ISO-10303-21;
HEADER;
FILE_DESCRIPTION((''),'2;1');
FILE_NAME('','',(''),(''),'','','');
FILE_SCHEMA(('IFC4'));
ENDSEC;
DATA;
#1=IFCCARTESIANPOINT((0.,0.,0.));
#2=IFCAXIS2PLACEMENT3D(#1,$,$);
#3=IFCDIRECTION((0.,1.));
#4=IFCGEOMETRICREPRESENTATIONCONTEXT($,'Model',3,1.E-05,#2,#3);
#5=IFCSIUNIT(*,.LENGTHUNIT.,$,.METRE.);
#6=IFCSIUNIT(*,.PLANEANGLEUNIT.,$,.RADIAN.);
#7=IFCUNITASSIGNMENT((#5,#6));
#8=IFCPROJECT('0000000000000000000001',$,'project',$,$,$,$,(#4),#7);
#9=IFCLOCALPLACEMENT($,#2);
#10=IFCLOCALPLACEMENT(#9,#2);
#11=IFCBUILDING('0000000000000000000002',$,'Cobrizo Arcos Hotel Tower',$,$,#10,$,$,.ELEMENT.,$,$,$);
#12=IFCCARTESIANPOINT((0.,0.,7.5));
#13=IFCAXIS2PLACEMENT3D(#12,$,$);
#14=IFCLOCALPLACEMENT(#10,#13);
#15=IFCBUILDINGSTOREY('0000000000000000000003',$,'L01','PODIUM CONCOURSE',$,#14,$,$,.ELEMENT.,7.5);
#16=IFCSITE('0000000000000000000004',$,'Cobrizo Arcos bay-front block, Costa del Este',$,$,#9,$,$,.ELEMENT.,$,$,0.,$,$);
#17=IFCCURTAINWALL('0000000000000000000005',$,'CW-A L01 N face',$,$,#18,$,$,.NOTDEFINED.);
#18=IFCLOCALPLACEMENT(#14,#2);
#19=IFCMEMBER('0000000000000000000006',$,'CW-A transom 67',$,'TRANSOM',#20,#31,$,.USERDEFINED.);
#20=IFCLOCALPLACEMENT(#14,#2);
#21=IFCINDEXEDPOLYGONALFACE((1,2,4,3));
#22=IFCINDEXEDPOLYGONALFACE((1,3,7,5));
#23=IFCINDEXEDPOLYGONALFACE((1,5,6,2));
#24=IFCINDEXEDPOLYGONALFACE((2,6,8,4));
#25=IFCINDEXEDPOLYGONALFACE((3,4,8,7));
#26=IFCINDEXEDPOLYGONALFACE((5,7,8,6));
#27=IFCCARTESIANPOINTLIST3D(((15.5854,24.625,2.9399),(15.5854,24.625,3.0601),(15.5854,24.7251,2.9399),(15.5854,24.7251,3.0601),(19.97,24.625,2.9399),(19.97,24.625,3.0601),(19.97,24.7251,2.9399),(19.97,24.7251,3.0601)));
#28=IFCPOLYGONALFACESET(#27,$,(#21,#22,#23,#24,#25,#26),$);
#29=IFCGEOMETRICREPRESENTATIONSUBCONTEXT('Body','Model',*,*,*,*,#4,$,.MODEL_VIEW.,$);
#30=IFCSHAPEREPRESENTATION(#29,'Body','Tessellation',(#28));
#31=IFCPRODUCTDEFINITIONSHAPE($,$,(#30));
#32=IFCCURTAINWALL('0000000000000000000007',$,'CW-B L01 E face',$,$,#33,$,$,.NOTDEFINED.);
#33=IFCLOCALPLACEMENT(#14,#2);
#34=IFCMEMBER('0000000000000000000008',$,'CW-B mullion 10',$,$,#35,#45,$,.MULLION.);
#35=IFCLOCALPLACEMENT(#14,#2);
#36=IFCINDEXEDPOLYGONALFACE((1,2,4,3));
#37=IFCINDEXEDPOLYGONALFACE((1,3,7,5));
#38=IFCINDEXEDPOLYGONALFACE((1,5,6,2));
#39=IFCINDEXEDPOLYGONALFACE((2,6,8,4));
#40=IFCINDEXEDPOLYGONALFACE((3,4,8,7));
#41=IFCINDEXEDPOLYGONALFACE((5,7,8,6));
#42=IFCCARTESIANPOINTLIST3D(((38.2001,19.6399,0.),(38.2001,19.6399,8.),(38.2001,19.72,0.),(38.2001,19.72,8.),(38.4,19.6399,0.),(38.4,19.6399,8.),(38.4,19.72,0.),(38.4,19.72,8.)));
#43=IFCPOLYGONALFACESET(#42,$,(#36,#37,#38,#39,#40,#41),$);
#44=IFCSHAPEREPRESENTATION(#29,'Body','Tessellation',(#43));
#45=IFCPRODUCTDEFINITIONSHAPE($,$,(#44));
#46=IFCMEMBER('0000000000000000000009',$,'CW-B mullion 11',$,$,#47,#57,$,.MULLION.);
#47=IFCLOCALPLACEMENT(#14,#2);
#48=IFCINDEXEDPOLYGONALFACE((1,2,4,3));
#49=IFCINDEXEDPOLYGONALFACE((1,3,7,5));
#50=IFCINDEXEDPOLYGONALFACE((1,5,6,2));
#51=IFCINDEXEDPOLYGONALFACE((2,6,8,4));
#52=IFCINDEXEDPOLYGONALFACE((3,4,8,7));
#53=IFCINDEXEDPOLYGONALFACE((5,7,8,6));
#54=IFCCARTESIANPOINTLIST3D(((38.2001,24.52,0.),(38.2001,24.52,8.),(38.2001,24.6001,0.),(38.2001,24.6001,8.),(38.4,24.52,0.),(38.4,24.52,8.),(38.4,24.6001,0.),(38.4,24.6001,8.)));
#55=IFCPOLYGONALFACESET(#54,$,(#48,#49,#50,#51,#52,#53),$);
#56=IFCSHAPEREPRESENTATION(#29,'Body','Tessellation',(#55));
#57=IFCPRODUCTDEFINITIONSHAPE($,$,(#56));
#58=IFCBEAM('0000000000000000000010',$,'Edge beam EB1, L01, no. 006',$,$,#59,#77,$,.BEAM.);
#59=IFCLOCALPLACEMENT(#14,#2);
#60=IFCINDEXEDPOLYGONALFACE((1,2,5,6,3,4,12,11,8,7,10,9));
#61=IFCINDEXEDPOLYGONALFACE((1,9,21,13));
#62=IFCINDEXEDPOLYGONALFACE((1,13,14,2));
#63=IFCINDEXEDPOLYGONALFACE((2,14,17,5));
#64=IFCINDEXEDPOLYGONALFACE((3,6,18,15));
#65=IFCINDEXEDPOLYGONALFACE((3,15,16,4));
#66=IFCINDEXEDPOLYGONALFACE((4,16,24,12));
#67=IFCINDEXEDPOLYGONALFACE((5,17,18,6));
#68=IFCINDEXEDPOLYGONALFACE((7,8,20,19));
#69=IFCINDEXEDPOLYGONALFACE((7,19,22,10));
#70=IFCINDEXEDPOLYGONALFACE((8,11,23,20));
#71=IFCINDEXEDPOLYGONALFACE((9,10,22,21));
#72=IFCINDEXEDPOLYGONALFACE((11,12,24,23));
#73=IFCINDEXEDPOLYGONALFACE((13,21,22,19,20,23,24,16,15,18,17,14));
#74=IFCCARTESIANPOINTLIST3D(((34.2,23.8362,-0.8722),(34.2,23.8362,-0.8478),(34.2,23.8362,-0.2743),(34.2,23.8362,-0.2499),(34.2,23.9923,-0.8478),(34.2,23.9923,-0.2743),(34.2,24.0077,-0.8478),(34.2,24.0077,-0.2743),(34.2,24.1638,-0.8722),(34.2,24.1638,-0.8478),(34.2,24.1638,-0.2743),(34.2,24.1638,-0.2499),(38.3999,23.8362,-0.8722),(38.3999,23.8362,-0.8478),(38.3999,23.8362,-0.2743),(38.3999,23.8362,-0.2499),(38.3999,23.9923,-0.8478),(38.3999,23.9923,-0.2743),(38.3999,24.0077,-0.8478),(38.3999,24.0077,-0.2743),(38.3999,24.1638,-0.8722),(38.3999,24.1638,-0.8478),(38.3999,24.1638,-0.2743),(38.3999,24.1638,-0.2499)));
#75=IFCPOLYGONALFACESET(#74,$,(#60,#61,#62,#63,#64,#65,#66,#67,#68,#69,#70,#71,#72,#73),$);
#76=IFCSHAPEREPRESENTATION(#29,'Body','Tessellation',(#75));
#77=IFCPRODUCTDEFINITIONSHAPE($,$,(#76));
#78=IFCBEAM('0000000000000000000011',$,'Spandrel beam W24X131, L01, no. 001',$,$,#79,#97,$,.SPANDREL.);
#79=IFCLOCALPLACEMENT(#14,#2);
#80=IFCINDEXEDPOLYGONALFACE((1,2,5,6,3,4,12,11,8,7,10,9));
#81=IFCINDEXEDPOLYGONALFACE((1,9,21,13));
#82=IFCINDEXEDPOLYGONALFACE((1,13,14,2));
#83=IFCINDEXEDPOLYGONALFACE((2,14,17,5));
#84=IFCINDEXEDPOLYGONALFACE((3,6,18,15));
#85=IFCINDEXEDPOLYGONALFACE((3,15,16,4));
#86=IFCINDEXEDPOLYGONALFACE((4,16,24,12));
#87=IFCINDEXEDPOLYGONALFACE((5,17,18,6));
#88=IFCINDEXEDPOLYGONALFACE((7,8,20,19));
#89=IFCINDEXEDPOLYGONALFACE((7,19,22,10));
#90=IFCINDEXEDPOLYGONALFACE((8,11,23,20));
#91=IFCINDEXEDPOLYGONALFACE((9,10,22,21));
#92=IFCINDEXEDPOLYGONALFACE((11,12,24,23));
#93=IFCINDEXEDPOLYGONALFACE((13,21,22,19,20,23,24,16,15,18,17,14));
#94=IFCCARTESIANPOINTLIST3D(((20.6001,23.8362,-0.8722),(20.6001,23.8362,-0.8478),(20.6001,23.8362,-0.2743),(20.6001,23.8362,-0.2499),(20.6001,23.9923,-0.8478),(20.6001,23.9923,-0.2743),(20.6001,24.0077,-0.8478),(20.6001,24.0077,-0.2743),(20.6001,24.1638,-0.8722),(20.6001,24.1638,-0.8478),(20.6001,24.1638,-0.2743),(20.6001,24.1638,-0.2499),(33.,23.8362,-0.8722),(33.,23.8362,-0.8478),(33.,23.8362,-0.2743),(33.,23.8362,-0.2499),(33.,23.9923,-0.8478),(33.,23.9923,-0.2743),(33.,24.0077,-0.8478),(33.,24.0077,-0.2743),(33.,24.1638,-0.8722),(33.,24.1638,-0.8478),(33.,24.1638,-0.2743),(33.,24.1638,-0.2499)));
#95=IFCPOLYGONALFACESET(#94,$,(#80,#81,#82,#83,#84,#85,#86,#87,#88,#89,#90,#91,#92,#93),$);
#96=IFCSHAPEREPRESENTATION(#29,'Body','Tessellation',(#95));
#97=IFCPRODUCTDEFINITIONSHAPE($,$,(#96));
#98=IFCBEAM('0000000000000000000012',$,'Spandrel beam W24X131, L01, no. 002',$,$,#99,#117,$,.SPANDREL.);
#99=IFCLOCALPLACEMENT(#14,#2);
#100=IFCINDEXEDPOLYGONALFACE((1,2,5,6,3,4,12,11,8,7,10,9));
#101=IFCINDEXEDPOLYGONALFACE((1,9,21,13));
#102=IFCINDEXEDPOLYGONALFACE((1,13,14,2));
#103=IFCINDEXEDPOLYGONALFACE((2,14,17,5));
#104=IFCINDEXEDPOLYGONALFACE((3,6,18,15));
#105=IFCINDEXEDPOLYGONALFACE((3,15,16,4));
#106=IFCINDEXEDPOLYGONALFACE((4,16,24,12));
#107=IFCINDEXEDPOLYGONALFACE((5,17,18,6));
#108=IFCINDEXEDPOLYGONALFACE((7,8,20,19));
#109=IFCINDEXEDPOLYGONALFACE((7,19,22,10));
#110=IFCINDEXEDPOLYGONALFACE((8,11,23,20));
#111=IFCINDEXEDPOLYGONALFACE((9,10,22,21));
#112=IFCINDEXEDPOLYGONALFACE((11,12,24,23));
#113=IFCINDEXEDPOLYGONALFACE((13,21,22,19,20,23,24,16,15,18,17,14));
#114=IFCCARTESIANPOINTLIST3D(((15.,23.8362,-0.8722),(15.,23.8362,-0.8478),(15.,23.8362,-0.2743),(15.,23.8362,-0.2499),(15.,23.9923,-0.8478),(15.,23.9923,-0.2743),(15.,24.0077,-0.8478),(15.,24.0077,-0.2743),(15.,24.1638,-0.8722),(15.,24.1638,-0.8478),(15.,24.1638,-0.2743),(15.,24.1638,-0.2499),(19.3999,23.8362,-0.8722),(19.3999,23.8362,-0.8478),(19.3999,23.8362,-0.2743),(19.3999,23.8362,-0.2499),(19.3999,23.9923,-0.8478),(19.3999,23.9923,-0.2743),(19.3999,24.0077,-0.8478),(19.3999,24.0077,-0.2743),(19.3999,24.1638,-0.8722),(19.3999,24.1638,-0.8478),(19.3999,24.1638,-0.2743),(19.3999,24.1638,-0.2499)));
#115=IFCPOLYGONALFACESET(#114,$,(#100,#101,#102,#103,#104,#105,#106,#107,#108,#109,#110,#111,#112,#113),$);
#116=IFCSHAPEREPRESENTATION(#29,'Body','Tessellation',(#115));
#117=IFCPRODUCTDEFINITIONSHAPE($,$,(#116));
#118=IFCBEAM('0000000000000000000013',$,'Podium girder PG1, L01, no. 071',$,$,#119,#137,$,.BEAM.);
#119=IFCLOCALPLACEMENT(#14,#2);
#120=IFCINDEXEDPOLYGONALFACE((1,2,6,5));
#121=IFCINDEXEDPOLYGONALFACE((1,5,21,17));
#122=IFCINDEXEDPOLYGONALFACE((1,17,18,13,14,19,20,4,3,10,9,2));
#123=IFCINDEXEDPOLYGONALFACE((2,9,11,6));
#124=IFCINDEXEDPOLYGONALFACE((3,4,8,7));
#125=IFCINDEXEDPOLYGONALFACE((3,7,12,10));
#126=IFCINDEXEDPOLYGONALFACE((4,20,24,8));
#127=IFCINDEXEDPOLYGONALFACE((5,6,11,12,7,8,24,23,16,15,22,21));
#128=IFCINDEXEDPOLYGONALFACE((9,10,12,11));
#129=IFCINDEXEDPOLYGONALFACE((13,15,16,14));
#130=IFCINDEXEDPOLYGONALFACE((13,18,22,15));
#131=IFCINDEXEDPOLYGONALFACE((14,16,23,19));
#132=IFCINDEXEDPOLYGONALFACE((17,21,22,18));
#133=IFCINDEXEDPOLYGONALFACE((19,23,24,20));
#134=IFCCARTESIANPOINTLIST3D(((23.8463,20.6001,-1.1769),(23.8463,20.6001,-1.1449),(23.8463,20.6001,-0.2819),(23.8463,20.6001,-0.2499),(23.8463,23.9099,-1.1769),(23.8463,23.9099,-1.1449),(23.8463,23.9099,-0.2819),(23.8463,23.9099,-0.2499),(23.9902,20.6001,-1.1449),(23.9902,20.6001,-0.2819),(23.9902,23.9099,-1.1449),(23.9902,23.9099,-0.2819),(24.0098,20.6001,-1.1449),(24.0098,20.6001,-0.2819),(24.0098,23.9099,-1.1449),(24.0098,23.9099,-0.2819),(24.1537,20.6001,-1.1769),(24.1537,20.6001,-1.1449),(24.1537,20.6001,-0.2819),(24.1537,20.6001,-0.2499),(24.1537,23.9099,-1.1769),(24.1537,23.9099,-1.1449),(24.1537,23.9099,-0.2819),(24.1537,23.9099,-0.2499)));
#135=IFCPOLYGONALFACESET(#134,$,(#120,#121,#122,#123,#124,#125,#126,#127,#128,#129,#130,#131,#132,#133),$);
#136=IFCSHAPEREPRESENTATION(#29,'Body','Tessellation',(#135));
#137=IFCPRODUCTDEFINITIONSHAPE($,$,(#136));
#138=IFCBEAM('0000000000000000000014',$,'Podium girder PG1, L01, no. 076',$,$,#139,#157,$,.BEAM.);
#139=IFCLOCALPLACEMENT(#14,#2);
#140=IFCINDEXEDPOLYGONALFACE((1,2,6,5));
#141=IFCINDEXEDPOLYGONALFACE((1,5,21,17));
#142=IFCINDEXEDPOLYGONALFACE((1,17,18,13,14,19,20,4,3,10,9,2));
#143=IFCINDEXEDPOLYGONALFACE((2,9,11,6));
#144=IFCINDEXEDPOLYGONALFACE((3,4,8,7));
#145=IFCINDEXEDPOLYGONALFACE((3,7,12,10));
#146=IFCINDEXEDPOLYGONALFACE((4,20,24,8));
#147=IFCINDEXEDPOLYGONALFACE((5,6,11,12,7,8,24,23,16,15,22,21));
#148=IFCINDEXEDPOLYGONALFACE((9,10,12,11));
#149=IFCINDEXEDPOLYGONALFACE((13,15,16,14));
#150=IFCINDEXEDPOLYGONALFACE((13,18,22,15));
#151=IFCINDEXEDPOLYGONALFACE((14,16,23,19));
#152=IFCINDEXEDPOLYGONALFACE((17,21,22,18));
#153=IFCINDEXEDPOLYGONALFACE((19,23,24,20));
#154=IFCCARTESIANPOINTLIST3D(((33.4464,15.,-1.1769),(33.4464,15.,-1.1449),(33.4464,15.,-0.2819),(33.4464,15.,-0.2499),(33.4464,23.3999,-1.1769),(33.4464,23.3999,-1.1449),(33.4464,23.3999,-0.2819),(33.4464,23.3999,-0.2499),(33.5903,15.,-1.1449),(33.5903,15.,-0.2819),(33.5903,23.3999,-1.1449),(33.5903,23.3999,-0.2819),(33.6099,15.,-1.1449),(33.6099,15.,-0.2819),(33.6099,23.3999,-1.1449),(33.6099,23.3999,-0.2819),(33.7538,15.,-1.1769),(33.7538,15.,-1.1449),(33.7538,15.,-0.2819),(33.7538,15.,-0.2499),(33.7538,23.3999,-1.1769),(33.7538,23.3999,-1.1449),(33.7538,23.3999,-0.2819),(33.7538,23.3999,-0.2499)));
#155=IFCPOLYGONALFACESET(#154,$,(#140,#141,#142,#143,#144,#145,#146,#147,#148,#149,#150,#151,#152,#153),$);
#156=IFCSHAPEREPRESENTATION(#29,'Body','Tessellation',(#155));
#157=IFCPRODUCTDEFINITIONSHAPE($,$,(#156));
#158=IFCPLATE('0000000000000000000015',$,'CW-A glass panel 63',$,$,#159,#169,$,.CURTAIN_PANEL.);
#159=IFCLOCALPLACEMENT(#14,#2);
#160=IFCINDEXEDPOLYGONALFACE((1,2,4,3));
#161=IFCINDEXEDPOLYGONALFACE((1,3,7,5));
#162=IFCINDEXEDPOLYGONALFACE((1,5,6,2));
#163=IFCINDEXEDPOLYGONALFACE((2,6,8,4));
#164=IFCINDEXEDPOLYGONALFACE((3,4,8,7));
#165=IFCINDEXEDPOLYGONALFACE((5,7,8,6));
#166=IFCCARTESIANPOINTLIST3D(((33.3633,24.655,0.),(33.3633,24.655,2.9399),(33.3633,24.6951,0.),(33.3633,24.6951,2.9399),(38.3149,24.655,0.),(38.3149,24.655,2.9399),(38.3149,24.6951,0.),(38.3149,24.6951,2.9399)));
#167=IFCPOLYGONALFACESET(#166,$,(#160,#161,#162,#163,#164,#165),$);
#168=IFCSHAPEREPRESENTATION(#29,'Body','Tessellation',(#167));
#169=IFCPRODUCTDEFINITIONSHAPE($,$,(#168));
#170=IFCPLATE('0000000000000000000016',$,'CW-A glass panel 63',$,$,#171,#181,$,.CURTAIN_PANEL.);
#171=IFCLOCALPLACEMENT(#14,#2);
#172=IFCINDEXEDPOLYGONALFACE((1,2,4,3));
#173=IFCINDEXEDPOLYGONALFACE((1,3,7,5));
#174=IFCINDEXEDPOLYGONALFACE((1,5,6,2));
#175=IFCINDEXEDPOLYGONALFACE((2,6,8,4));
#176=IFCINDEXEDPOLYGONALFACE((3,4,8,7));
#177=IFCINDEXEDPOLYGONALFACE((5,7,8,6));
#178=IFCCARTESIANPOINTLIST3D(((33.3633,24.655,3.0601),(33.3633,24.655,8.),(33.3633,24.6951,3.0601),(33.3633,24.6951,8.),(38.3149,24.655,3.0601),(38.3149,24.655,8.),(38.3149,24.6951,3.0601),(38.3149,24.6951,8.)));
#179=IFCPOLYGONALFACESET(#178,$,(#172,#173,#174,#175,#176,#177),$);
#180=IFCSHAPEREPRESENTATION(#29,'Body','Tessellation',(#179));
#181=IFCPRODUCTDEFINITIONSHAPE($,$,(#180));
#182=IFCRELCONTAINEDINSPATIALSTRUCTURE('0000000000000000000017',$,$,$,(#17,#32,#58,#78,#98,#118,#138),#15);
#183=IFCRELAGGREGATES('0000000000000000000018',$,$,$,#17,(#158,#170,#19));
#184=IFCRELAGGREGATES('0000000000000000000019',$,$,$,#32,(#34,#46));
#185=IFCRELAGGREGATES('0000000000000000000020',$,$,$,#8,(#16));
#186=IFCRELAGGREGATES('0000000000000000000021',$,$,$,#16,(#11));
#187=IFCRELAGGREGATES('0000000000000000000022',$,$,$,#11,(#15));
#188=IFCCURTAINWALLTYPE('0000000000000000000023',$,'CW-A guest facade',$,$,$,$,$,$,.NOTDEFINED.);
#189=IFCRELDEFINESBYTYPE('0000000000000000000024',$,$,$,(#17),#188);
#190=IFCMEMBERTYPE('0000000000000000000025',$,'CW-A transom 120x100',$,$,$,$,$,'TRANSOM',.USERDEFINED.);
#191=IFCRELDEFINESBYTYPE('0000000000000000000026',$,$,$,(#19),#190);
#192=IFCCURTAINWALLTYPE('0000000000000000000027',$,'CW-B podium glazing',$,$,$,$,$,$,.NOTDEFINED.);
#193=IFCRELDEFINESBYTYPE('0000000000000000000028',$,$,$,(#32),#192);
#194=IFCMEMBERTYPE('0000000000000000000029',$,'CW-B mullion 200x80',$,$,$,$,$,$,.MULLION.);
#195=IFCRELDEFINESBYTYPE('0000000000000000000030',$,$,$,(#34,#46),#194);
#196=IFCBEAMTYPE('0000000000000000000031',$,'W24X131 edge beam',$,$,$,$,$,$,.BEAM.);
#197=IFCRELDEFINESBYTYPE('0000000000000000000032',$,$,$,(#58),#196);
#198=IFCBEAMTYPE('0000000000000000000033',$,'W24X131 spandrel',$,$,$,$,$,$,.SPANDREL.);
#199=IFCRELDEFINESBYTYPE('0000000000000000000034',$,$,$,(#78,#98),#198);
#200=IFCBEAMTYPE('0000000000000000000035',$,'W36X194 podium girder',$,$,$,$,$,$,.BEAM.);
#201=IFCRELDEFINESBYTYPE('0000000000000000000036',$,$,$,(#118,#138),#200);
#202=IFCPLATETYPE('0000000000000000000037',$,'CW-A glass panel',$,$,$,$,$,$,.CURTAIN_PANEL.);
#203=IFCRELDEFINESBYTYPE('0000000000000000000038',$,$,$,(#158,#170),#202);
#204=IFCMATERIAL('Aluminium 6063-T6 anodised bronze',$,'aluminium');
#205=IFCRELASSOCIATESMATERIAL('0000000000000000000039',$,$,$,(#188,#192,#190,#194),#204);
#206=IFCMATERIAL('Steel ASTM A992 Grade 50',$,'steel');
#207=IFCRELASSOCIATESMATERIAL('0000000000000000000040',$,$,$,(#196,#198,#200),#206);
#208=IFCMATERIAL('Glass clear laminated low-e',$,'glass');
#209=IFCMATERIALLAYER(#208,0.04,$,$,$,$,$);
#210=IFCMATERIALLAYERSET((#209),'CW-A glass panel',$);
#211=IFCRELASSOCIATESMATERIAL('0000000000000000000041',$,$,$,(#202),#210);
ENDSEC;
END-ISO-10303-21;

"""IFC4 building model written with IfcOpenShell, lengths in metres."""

from ifc_helpers import new_model, si_unit, direction, frame, origin, origin_2d, place, context, subcontext, project, spatial, rectangle, i_section, extrude, material, layer, layer_set, material_profile, profile_set, type_object, element, aggregate, save


model = new_model("IFC4")

# Units and contexts
model_context = context("Model", 3, precision=1e-05, world=origin(), true_north=direction((0.0, 1.0)))
body_context = subcontext(model_context, "Body", "Model", "MODEL_VIEW")
ifc_project = project(units=[si_unit("LENGTHUNIT", "METRE"), si_unit("PLANEANGLEUNIT", "RADIAN")], contexts=[model_context])

# Site, building, storey
site_placement = place(None, origin())
site = spatial("IfcSite", under=ifc_project, at=site_placement, Name="Cobrizo Arcos bay-front block, Costa del Este", CompositionType="ELEMENT", RefElevation=0.0)
building_placement = place(site_placement, origin())
building = spatial("IfcBuilding", under=site, at=building_placement, Name="Cobrizo Arcos Hotel Tower", CompositionType="ELEMENT")
storey_placement = place(building_placement, frame((0.0, 0.0, 7.5)))
storey = spatial("IfcBuildingStorey", under=building, at=storey_placement, Name="L01", Description="PODIUM CONCOURSE", CompositionType="ELEMENT", Elevation=7.5)

# Curtain walls, members
ifc_material_1 = material(Name="Aluminium 6063-T6 anodised bronze", Category="aluminium")
curtain_wall_type_1 = type_object("IfcCurtainWallType", Name="CW-A guest facade", PredefinedType="NOTDEFINED", material=ifc_material_1)
curtain_wall_1_placement = place(storey_placement, origin())
curtain_wall_1 = element("IfcCurtainWall", 1, at=curtain_wall_1_placement, inside=storey, type_object=curtain_wall_type_1, Name="CW-A L01 N face", PredefinedType="NOTDEFINED")
ifc_material_profile_1 = material_profile(ifc_material_1, rectangle(XDim=0.1001, YDim=0.1201, at=origin_2d()), Name="CW-A transom 120x100")
ifc_profile_set_1 = profile_set([ifc_material_profile_1], Name="Aluminium 6063-T6 anodised bronze")
member_type_1 = type_object("IfcMemberType", Name="CW-A transom 120x100", ElementType="TRANSOM", PredefinedType="USERDEFINED", material=ifc_profile_set_1)
member_1_placement = place(storey_placement, frame((19.97, 24.675, 3.0), z_axis=(-1.0, 0.0, 0.0), x_axis=(0.0, -1.0, 0.0)))
member_1 = element("IfcMember", 2, at=member_1_placement, type_object=member_type_1, Name="CW-A transom 67", ObjectType="TRANSOM", PredefinedType="USERDEFINED", context=body_context, shape_type="SweptSolid", body=[
    extrude(rectangle(XDim=0.1001, YDim=0.1201, at=origin_2d()), origin(), (0.0, 0.0, 1.0), 4.3845),
])
curtain_wall_type_2 = type_object("IfcCurtainWallType", Name="CW-B podium glazing", PredefinedType="NOTDEFINED", material=ifc_material_1)
curtain_wall_2_placement = place(storey_placement, origin())
curtain_wall_2 = element("IfcCurtainWall", 3, at=curtain_wall_2_placement, inside=storey, type_object=curtain_wall_type_2, Name="CW-B L01 E face", PredefinedType="NOTDEFINED")
ifc_material_profile_2 = material_profile(ifc_material_1, rectangle(XDim=0.2, YDim=0.0801, at=origin_2d()), Name="CW-B mullion 200x80")
ifc_profile_set_2 = profile_set([ifc_material_profile_2], Name="Aluminium 6063-T6 anodised bronze")
member_type_2 = type_object("IfcMemberType", Name="CW-B mullion 200x80", PredefinedType="MULLION", material=ifc_profile_set_2)
member_2_placement = place(storey_placement, frame((38.3, 19.6799, 0.0), z_axis=(0.0, 0.0, 1.0), x_axis=(1.0, 0.0, 0.0)))
member_2 = element("IfcMember", 4, at=member_2_placement, type_object=member_type_2, Name="CW-B mullion 10", PredefinedType="MULLION", context=body_context, shape_type="SweptSolid", body=[
    extrude(rectangle(XDim=0.2, YDim=0.0801, at=origin_2d()), origin(), (0.0, 0.0, 1.0), 8.0),
])
member_3_placement = place(storey_placement, frame((38.3, 24.5601, 0.0), z_axis=(0.0, 0.0, 1.0), x_axis=(1.0, 0.0, 0.0)))
member_3 = element("IfcMember", 5, at=member_3_placement, type_object=member_type_2, Name="CW-B mullion 11", PredefinedType="MULLION", context=body_context, shape_type="SweptSolid", body=[
    extrude(rectangle(XDim=0.2, YDim=0.0801, at=origin_2d()), origin(), (0.0, 0.0, 1.0), 8.0),
])

# Beams
ifc_material_2 = material(Name="Steel ASTM A992 Grade 50", Category="steel")
ifc_material_profile_3 = material_profile(ifc_material_2, i_section(OverallWidth=0.3276, OverallDepth=0.6223, WebThickness=0.0154, FlangeThickness=0.0244, at=origin_2d()), Name="W24X131")
ifc_profile_set_3 = profile_set([ifc_material_profile_3], Name="Steel ASTM A992 Grade 50")
beam_type_1 = type_object("IfcBeamType", Name="W24X131 edge beam", PredefinedType="BEAM", material=ifc_profile_set_3)
beam_1_placement = place(storey_placement, frame((38.3999, 24.0, -0.561), z_axis=(-1.0, 0.0, 0.0), x_axis=(0.0, -1.0, 0.0)))
element("IfcBeam", 6, at=beam_1_placement, inside=storey, type_object=beam_type_1, Name="Edge beam EB1, L01, no. 006", PredefinedType="BEAM", context=body_context, shape_type="SweptSolid", body=[
    extrude(i_section(OverallWidth=0.3276, OverallDepth=0.6223, WebThickness=0.0154, FlangeThickness=0.0244, at=origin_2d()), origin(), (0.0, 0.0, 1.0), 4.2),
])
ifc_material_profile_4 = material_profile(ifc_material_2, i_section(OverallWidth=0.3276, OverallDepth=0.6223, WebThickness=0.0154, FlangeThickness=0.0244, at=origin_2d()), Name="W24X131")
ifc_profile_set_4 = profile_set([ifc_material_profile_4], Name="Steel ASTM A992 Grade 50")
beam_type_2 = type_object("IfcBeamType", Name="W24X131 spandrel", PredefinedType="SPANDREL", material=ifc_profile_set_4)
beam_2_placement = place(storey_placement, frame((33.0, 24.0, -0.561), z_axis=(-1.0, 0.0, 0.0), x_axis=(0.0, -1.0, 0.0)))
element("IfcBeam", 7, at=beam_2_placement, inside=storey, type_object=beam_type_2, Name="Spandrel beam W24X131, L01, no. 001", PredefinedType="SPANDREL", context=body_context, shape_type="SweptSolid", body=[
    extrude(i_section(OverallWidth=0.3276, OverallDepth=0.6223, WebThickness=0.0154, FlangeThickness=0.0244, at=origin_2d()), origin(), (0.0, 0.0, 1.0), 12.3999),
])
beam_3_placement = place(storey_placement, frame((19.3999, 24.0, -0.561), z_axis=(-1.0, 0.0, 0.0), x_axis=(0.0, -1.0, 0.0)))
element("IfcBeam", 8, at=beam_3_placement, inside=storey, type_object=beam_type_2, Name="Spandrel beam W24X131, L01, no. 002", PredefinedType="SPANDREL", context=body_context, shape_type="SweptSolid", body=[
    extrude(i_section(OverallWidth=0.3276, OverallDepth=0.6223, WebThickness=0.0154, FlangeThickness=0.0244, at=origin_2d()), origin(), (0.0, 0.0, 1.0), 4.3999),
])
ifc_material_profile_5 = material_profile(ifc_material_2, i_section(OverallWidth=0.3074, OverallDepth=0.927, WebThickness=0.0195, FlangeThickness=0.032, at=origin_2d()), Name="W36X194")
ifc_profile_set_5 = profile_set([ifc_material_profile_5], Name="Steel ASTM A992 Grade 50")
beam_type_3 = type_object("IfcBeamType", Name="W36X194 podium girder", PredefinedType="BEAM", material=ifc_profile_set_5)
beam_4_placement = place(storey_placement, frame((24.0, 20.6001, -0.7134), z_axis=(0.0, 1.0, 0.0), x_axis=(-1.0, 0.0, 0.0)))
element("IfcBeam", 9, at=beam_4_placement, inside=storey, type_object=beam_type_3, Name="Podium girder PG1, L01, no. 071", PredefinedType="BEAM", context=body_context, shape_type="SweptSolid", body=[
    extrude(i_section(OverallWidth=0.3074, OverallDepth=0.927, WebThickness=0.0195, FlangeThickness=0.032, at=origin_2d()), origin(), (0.0, 0.0, 1.0), 3.3098),
])
beam_5_placement = place(storey_placement, frame((33.6001, 15.0, -0.7134), z_axis=(0.0, 1.0, 0.0), x_axis=(-1.0, 0.0, 0.0)))
element("IfcBeam", 10, at=beam_5_placement, inside=storey, type_object=beam_type_3, Name="Podium girder PG1, L01, no. 076", PredefinedType="BEAM", context=body_context, shape_type="SweptSolid", body=[
    extrude(i_section(OverallWidth=0.3074, OverallDepth=0.927, WebThickness=0.0195, FlangeThickness=0.032, at=origin_2d()), origin(), (0.0, 0.0, 1.0), 8.3999),
])

# Plates
ifc_material_3 = material(Name="Glass clear laminated low-e", Category="glass")
ifc_layer_1 = layer(ifc_material_3, 0.04)
ifc_layer_set_1 = layer_set([ifc_layer_1], Name="CW-A glass panel")
plate_type_1 = type_object("IfcPlateType", Name="CW-A glass panel", PredefinedType="CURTAIN_PANEL", material=ifc_layer_set_1)
plate_1_placement = place(storey_placement, frame((35.8391, 24.675, 0.0), z_axis=(0.0, 0.0, 1.0), x_axis=(-1.0, 0.0, 0.0)))
plate_1 = element("IfcPlate", 11, at=plate_1_placement, type_object=plate_type_1, Name="CW-A glass panel 63", PredefinedType="CURTAIN_PANEL", context=body_context, shape_type="SweptSolid", body=[
    extrude(rectangle(XDim=4.9517, YDim=0.04, at=origin_2d()), origin(), (0.0, 0.0, 1.0), 2.9399),
])
plate_2_placement = place(storey_placement, frame((35.8391, 24.675, 3.0601), z_axis=(0.0, 0.0, 1.0), x_axis=(-1.0, 0.0, 0.0)))
plate_2 = element("IfcPlate", 12, at=plate_2_placement, type_object=plate_type_1, Name="CW-A glass panel 63", PredefinedType="CURTAIN_PANEL", context=body_context, shape_type="SweptSolid", body=[
    extrude(rectangle(XDim=4.9517, YDim=0.04, at=origin_2d()), origin(), (0.0, 0.0, 1.0), 4.9399),
])
aggregate(curtain_wall_1, [plate_1, plate_2, member_1])
aggregate(curtain_wall_2, [member_2, member_3])

save(model, "model.ifc")
